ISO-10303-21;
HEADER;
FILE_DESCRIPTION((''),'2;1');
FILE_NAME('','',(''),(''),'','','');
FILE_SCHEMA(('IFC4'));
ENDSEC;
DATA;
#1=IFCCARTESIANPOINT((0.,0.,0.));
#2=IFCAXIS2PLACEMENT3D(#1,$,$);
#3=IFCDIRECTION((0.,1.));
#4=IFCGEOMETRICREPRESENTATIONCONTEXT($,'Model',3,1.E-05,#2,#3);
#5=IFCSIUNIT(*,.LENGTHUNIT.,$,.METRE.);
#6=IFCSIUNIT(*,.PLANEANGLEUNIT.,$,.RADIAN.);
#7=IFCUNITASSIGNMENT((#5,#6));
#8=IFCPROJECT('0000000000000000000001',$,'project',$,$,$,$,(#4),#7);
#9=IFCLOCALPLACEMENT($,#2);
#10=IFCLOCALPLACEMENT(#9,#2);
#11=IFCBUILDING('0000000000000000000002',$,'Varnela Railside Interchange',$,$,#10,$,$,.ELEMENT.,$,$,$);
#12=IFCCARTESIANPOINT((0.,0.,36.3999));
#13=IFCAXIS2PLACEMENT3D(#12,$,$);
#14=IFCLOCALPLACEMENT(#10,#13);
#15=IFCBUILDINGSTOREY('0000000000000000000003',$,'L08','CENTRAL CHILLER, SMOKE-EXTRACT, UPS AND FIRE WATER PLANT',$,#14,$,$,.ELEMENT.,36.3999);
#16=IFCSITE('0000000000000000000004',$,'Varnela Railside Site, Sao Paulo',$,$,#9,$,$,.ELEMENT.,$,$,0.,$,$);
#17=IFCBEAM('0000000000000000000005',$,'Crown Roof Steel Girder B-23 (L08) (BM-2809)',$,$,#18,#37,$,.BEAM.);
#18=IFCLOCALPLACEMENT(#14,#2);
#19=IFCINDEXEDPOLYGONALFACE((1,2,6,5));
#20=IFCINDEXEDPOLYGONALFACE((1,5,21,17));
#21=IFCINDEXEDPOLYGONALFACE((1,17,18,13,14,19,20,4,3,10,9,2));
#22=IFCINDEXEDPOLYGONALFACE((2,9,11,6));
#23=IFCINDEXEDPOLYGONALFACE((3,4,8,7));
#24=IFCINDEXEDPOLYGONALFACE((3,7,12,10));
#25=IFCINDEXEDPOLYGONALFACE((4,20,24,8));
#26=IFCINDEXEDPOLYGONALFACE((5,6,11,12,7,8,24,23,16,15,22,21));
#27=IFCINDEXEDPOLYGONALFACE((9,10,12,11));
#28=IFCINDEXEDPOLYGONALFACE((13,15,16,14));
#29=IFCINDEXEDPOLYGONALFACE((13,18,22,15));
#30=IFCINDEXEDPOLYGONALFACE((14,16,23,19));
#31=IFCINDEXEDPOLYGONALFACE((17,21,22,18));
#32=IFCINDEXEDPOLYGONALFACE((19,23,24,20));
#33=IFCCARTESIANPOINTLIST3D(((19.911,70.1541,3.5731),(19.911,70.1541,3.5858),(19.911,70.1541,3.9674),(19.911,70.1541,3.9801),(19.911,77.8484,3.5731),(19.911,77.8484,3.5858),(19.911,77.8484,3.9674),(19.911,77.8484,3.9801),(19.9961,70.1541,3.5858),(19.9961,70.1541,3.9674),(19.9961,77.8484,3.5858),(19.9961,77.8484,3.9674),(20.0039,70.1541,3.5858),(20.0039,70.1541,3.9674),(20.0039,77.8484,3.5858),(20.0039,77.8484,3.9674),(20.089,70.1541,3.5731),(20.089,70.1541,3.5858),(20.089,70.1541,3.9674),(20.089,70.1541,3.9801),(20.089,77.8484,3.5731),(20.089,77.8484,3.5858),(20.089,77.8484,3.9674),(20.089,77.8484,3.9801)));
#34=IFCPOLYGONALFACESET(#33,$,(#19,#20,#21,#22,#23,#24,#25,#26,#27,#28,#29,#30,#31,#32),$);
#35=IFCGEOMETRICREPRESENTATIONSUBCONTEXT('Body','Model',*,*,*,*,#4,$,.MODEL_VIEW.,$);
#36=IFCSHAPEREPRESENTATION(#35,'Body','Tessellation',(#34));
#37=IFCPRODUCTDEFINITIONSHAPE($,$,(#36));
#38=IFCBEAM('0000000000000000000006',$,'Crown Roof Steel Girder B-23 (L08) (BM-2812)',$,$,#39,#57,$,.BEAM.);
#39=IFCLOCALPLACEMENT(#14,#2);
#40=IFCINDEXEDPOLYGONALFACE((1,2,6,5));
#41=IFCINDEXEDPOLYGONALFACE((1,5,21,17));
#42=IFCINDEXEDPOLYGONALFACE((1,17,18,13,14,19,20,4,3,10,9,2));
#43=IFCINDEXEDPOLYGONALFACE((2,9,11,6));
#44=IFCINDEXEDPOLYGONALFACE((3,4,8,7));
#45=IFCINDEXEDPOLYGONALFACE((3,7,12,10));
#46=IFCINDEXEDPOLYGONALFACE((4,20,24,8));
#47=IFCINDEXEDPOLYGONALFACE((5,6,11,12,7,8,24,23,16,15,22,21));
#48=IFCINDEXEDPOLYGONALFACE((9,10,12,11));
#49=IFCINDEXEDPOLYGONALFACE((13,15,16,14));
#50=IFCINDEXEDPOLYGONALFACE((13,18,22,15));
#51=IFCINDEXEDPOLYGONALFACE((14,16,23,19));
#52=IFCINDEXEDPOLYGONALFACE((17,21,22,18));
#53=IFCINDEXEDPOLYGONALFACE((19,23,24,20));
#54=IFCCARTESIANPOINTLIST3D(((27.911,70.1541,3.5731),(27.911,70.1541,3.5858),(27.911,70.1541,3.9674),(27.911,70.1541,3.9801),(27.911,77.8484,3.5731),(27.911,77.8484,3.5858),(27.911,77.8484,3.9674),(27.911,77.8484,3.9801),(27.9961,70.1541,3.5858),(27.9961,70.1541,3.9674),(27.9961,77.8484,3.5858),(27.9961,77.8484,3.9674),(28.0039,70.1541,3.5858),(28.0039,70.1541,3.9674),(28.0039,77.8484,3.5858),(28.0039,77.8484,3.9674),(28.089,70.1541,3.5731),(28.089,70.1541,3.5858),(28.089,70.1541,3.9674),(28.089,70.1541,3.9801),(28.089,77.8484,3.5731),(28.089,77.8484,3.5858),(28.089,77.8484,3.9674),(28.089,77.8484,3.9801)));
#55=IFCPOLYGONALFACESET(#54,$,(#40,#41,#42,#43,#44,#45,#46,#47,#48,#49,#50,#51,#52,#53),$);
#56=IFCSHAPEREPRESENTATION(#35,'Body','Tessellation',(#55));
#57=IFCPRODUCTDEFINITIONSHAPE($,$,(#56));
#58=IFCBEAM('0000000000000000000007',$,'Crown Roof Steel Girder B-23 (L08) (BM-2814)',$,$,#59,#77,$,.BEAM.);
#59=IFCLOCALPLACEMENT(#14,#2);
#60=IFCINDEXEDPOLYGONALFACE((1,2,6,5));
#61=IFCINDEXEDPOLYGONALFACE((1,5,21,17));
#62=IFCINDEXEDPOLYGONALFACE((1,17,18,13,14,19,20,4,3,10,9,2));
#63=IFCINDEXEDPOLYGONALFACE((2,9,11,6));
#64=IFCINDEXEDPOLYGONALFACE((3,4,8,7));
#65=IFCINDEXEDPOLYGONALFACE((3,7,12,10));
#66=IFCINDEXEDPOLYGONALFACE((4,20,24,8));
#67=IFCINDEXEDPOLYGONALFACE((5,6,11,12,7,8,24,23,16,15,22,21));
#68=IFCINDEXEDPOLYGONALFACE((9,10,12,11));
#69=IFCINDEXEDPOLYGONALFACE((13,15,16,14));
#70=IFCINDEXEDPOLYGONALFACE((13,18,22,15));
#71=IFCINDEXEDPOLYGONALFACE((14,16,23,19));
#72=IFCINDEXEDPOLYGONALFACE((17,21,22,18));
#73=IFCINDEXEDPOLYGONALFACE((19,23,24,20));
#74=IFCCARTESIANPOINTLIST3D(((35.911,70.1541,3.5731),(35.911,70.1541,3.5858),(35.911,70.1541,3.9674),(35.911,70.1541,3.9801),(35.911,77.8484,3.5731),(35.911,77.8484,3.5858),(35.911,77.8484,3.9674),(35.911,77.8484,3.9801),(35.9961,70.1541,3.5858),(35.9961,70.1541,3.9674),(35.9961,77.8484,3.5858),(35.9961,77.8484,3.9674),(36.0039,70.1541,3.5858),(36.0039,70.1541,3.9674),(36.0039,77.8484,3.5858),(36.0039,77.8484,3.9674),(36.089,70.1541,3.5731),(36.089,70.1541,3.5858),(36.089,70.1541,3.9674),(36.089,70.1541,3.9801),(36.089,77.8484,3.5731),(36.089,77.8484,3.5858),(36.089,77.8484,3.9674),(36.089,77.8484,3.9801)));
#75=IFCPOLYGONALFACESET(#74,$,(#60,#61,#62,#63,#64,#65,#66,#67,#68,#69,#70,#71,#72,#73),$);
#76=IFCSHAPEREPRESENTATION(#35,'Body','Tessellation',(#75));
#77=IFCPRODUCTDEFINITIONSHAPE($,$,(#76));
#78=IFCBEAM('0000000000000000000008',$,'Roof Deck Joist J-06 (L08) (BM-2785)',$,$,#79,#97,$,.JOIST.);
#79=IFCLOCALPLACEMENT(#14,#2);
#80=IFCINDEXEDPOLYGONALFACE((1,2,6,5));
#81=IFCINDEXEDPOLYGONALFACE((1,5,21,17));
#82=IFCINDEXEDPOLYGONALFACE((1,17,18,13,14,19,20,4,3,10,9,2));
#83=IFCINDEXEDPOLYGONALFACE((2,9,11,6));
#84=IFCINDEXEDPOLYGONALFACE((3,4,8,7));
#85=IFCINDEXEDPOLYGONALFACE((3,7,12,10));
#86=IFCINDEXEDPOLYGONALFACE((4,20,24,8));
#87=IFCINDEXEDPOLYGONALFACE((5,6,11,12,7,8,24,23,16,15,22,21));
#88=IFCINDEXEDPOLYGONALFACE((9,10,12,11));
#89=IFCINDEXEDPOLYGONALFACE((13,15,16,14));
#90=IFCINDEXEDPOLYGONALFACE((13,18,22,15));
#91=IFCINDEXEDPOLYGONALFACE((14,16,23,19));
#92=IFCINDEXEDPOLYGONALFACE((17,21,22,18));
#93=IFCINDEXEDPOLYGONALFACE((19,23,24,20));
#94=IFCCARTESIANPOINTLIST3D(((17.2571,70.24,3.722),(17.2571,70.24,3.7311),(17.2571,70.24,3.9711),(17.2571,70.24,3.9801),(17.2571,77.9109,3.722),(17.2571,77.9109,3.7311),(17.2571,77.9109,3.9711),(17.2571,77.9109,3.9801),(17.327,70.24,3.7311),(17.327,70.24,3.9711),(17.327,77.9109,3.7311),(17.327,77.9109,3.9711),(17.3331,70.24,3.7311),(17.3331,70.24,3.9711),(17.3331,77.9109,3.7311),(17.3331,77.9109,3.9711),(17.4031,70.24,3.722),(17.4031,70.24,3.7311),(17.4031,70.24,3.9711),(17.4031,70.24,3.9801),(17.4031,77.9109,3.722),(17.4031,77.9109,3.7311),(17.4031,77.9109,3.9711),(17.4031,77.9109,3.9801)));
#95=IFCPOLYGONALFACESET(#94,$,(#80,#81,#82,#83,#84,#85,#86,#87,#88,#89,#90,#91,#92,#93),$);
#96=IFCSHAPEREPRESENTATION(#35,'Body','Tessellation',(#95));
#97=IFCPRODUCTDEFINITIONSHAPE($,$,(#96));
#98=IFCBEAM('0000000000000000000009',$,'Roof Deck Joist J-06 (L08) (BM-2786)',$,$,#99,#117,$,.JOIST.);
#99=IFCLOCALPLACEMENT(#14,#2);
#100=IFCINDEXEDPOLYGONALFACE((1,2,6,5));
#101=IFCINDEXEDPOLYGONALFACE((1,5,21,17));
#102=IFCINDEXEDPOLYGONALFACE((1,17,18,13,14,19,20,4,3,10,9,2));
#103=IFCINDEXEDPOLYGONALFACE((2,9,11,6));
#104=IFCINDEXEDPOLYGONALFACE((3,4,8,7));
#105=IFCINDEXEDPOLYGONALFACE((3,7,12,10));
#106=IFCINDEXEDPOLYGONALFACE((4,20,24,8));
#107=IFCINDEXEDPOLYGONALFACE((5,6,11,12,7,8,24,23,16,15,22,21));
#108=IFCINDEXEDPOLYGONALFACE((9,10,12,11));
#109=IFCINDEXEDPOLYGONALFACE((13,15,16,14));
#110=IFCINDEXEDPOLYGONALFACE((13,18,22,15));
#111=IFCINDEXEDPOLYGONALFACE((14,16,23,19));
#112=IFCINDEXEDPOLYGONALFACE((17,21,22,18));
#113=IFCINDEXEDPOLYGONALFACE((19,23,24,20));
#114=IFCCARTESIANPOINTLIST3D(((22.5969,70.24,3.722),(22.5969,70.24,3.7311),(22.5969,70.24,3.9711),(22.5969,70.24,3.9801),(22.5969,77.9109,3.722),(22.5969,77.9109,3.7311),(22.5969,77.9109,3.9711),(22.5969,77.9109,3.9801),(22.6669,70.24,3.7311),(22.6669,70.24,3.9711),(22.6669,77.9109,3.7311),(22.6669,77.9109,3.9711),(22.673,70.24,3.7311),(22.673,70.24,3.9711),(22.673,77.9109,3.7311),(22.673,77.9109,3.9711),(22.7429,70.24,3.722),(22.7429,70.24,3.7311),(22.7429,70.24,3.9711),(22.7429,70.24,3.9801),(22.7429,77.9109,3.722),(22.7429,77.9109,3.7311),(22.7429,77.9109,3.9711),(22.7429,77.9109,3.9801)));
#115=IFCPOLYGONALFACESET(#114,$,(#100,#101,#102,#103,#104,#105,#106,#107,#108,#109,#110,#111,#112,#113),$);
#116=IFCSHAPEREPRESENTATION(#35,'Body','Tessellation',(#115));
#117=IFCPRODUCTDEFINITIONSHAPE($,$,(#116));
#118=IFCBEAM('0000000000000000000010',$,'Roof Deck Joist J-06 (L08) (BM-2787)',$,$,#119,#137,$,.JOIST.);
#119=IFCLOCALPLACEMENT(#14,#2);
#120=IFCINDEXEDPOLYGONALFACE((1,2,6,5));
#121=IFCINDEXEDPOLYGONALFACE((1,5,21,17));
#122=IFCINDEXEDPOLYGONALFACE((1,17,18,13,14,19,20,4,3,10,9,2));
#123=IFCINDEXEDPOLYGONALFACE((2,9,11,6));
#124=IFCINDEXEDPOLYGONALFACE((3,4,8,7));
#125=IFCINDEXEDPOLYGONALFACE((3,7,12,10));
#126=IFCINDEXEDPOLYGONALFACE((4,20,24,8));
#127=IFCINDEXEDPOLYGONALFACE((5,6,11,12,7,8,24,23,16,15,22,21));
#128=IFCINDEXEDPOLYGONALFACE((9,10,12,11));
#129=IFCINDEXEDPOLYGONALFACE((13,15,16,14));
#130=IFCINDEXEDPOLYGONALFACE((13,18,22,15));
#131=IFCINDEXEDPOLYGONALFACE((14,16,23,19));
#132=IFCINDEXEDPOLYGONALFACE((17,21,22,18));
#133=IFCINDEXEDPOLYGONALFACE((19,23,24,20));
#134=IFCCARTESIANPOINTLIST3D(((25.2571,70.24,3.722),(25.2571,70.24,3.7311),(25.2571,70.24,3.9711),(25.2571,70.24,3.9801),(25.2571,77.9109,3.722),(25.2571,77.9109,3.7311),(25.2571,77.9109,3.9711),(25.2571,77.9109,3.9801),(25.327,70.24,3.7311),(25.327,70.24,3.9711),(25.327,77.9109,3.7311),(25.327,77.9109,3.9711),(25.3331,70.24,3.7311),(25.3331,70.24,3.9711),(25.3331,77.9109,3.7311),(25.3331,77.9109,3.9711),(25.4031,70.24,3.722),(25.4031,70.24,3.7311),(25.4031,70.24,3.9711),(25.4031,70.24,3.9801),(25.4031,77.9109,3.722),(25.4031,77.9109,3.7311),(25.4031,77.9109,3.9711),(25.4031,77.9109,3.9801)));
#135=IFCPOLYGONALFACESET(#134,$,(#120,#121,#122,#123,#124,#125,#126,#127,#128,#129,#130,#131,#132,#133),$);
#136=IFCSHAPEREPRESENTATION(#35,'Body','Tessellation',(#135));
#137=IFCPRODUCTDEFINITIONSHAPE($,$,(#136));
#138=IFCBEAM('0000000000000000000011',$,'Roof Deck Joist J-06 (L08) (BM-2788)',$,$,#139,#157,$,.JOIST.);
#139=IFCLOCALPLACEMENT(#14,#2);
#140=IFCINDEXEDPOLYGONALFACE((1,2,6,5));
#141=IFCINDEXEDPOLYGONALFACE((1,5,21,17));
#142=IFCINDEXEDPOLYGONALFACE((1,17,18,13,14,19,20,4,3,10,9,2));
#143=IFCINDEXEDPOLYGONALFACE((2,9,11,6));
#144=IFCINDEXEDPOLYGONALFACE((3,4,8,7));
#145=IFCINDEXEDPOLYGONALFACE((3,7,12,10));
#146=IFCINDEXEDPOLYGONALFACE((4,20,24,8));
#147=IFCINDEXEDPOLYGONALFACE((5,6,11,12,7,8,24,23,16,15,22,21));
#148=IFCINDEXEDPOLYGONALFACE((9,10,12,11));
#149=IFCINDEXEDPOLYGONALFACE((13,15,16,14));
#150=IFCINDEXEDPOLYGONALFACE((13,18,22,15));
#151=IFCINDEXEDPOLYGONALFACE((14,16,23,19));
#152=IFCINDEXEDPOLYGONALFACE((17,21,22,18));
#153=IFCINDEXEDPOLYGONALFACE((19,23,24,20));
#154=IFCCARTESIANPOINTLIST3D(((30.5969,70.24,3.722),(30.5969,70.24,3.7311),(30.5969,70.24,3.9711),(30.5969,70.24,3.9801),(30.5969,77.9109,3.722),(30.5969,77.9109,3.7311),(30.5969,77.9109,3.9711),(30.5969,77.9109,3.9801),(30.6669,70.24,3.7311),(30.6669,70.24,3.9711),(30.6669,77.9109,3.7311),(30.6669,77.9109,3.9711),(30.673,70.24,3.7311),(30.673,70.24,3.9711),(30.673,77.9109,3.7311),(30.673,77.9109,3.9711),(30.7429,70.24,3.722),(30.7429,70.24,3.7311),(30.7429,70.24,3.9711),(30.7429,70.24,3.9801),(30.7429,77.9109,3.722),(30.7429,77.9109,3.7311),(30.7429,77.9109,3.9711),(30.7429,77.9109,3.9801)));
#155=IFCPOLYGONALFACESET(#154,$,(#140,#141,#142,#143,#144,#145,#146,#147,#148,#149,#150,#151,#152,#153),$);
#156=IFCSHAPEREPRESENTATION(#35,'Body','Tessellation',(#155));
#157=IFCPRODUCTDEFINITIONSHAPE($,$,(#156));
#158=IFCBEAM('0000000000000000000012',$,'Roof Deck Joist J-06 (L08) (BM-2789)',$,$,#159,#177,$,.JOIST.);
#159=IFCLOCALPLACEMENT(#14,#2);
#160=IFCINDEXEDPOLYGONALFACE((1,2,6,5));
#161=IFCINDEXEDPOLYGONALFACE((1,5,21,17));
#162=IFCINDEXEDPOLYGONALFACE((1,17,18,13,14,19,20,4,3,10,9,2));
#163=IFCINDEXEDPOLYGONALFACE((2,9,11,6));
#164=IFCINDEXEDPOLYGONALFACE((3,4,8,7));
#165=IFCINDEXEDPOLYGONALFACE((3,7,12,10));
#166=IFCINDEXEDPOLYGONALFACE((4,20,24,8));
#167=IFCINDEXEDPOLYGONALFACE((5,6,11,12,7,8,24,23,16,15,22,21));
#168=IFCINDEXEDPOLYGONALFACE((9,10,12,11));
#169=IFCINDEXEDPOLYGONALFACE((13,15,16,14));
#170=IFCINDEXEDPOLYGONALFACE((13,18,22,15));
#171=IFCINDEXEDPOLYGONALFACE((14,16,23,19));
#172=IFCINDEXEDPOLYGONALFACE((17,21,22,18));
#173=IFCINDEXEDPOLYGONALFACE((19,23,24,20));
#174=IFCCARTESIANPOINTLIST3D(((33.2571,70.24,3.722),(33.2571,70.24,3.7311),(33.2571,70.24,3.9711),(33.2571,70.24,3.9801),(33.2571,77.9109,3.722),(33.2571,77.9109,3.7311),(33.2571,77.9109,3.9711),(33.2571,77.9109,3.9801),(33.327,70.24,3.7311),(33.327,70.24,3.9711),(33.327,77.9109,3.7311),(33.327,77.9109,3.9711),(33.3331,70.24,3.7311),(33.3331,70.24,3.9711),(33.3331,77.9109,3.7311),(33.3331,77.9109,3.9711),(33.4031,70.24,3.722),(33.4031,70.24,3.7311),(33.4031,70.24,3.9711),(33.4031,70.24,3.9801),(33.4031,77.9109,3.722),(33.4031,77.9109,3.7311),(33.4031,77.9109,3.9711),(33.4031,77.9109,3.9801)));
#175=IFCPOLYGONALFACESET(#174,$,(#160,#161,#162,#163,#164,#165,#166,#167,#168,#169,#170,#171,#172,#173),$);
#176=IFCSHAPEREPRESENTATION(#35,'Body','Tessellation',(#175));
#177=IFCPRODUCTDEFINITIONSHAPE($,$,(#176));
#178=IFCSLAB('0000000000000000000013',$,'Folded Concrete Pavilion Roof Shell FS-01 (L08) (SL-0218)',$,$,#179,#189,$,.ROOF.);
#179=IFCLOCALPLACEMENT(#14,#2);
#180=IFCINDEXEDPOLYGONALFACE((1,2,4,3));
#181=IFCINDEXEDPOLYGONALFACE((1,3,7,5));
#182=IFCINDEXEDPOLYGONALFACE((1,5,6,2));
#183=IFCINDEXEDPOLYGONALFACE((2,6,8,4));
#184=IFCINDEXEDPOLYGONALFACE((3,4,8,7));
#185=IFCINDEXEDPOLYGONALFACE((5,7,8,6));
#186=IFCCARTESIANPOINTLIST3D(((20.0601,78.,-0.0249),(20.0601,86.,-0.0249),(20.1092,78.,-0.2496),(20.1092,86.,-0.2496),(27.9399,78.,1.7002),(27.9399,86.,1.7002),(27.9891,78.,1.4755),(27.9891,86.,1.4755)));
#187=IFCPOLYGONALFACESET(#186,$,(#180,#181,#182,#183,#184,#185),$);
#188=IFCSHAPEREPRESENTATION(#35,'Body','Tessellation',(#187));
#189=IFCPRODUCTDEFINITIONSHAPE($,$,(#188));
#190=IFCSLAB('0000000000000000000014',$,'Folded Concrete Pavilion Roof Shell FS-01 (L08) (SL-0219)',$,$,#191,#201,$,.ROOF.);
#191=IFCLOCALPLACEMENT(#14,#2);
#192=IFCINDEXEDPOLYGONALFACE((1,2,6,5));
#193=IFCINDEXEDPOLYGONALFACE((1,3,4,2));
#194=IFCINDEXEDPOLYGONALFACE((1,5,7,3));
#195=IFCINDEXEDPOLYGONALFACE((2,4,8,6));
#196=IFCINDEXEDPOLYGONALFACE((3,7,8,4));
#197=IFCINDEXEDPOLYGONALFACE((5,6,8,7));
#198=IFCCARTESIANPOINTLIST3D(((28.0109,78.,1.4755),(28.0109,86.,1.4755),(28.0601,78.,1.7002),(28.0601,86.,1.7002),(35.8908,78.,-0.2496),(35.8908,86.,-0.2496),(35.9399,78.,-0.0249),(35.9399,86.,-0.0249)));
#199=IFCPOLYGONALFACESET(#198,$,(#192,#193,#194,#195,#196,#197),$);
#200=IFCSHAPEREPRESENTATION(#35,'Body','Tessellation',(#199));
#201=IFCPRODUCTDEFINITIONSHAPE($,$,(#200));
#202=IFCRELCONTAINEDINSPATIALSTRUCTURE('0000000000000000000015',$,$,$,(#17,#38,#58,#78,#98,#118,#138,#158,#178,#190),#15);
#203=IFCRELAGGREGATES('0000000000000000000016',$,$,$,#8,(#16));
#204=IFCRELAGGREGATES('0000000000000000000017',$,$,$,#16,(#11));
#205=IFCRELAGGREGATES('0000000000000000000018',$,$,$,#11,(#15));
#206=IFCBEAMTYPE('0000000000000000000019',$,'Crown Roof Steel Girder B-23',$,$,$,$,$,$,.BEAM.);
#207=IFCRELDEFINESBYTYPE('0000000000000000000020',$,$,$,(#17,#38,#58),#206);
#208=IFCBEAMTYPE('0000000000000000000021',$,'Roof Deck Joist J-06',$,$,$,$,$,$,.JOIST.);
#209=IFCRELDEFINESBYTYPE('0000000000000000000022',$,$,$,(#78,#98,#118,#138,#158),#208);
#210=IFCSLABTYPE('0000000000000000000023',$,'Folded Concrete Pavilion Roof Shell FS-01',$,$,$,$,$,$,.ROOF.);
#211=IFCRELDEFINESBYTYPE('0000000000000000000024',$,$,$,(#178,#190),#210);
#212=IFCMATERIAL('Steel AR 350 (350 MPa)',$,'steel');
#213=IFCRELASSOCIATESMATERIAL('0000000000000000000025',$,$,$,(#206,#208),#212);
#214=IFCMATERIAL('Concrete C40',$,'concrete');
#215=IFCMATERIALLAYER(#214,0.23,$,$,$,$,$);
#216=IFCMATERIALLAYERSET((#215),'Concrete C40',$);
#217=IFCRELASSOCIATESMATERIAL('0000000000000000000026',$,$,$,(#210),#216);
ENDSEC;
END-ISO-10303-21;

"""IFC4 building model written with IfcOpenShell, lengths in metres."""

from ifc_helpers import new_model, si_unit, direction, frame, origin, origin_2d, place, context, subcontext, project, spatial, polyline, i_section, outline, extrude, material, layer, layer_set, material_profile, profile_set, type_object, element, save


model = new_model("IFC4")

# Units and contexts
model_context = context("Model", 3, precision=1e-05, world=origin(), true_north=direction((0.0, 1.0)))
body_context = subcontext(model_context, "Body", "Model", "MODEL_VIEW")
ifc_project = project(units=[si_unit("LENGTHUNIT", "METRE"), si_unit("PLANEANGLEUNIT", "RADIAN")], contexts=[model_context])

# Site, building, storey
site_placement = place(None, origin())
site = spatial("IfcSite", under=ifc_project, at=site_placement, Name="Varnela Railside Site, Sao Paulo", CompositionType="ELEMENT", RefElevation=0.0)
building_placement = place(site_placement, origin())
building = spatial("IfcBuilding", under=site, at=building_placement, Name="Varnela Railside Interchange", CompositionType="ELEMENT")
storey_placement = place(building_placement, frame((0.0, 0.0, 36.3999)))
storey = spatial("IfcBuildingStorey", under=building, at=storey_placement, Name="L08", Description="CENTRAL CHILLER, SMOKE-EXTRACT, UPS AND FIRE WATER PLANT", CompositionType="ELEMENT", Elevation=36.3999)

# Shared definitions
ifc_material_1 = material(Name="Steel AR 350 (350 MPa)", Category="steel")

# Beams
ifc_material_profile_1 = material_profile(ifc_material_1, i_section(OverallWidth=0.178, OverallDepth=0.407, WebThickness=0.0078, FlangeThickness=0.0127, at=origin_2d()), Name="W410x60")
ifc_profile_set_1 = profile_set([ifc_material_profile_1], Name="Steel AR 350 (350 MPa)")
beam_type_1 = type_object("IfcBeamType", Name="Crown Roof Steel Girder B-23", PredefinedType="BEAM", material=ifc_profile_set_1)
for number, where, z_axis, x_axis, name in (
    (1, (20.0, 70.1541, 3.7766), (0.0, 1.0, 0.0), (-1.0, 0.0, 0.0), "Crown Roof Steel Girder B-23 (L08) (BM-2809)"),
    (2, (28.0, 70.1541, 3.7766), (0.0, 1.0, 0.0), (-1.0, 0.0, 0.0), "Crown Roof Steel Girder B-23 (L08) (BM-2812)"),
    (3, (36.0, 70.1541, 3.7766), (0.0, 1.0, 0.0), (-1.0, 0.0, 0.0), "Crown Roof Steel Girder B-23 (L08) (BM-2814)"),
):
    element("IfcBeam", number, at=place(storey_placement, frame(where, z_axis=z_axis, x_axis=x_axis)), inside=storey, type_object=beam_type_1, Name=name, PredefinedType="BEAM", context=body_context, shape_type="SweptSolid", body=[
        extrude(i_section(OverallWidth=0.178, OverallDepth=0.407, WebThickness=0.0078, FlangeThickness=0.0127, at=origin_2d()), origin(), (0.0, 0.0, 1.0), 7.6943),
    ])
ifc_material_profile_2 = material_profile(ifc_material_1, i_section(OverallWidth=0.146, OverallDepth=0.2581, WebThickness=0.0061, FlangeThickness=0.009, at=origin_2d()), Name="W250x32.7")
ifc_profile_set_2 = profile_set([ifc_material_profile_2], Name="Steel AR 350 (350 MPa)")
beam_type_2 = type_object("IfcBeamType", Name="Roof Deck Joist J-06", PredefinedType="JOIST", material=ifc_profile_set_2)
for number, where, z_axis, x_axis, name in (
    (4, (17.3301, 70.24, 3.8511), (0.0, 1.0, 0.0), (-1.0, 0.0, 0.0), "Roof Deck Joist J-06 (L08) (BM-2785)"),
    (5, (22.6699, 70.24, 3.8511), (0.0, 1.0, 0.0), (-1.0, 0.0, 0.0), "Roof Deck Joist J-06 (L08) (BM-2786)"),
    (6, (25.3301, 70.24, 3.8511), (0.0, 1.0, 0.0), (-1.0, 0.0, 0.0), "Roof Deck Joist J-06 (L08) (BM-2787)"),
    (7, (30.6699, 70.24, 3.8511), (0.0, 1.0, 0.0), (-1.0, 0.0, 0.0), "Roof Deck Joist J-06 (L08) (BM-2788)"),
    (8, (33.3301, 70.24, 3.8511), (0.0, 1.0, 0.0), (-1.0, 0.0, 0.0), "Roof Deck Joist J-06 (L08) (BM-2789)"),
):
    element("IfcBeam", number, at=place(storey_placement, frame(where, z_axis=z_axis, x_axis=x_axis)), inside=storey, type_object=beam_type_2, Name=name, PredefinedType="JOIST", context=body_context, shape_type="SweptSolid", body=[
        extrude(i_section(OverallWidth=0.146, OverallDepth=0.2581, WebThickness=0.0061, FlangeThickness=0.009, at=origin_2d()), origin(), (0.0, 0.0, 1.0), 7.6709),
    ])

# Slabs
ifc_material_2 = material(Name="Concrete C40", Category="concrete")
ifc_layer_1 = layer(ifc_material_2, 0.23)
ifc_layer_set_1 = layer_set([ifc_layer_1], Name="Concrete C40")
slab_type = type_object("IfcSlabType", Name="Folded Concrete Pavilion Roof Shell FS-01", PredefinedType="ROOF", material=ifc_layer_set_1)
for number, where, z_axis, x_axis, name in (
    (9, (20.0601, 78.0, -0.0249), (-0.213859, 0.0, 0.976864), (0.976864, 0.0, 0.213859), "Folded Concrete Pavilion Roof Shell FS-01 (L08) (SL-0218)"),
    (10, (28.0601, 78.0, 1.7002), (0.213859, 0.0, 0.976864), (0.976864, 0.0, -0.213859), "Folded Concrete Pavilion Roof Shell FS-01 (L08) (SL-0219)"),
):
    element("IfcSlab", number, at=place(storey_placement, frame(where, z_axis=z_axis, x_axis=x_axis)), inside=storey, type_object=slab_type, Name=name, PredefinedType="ROOF", context=body_context, shape_type="SweptSolid", body=[
        extrude(outline(polyline([(0.0, 0.0), (8.0665, 0.0), (8.0665, 8.0), (0.0, 8.0), (0.0, 0.0)])), origin(), (0.0, 0.0, -1.0), 0.23),
    ])

save(model, "model.ifc")
